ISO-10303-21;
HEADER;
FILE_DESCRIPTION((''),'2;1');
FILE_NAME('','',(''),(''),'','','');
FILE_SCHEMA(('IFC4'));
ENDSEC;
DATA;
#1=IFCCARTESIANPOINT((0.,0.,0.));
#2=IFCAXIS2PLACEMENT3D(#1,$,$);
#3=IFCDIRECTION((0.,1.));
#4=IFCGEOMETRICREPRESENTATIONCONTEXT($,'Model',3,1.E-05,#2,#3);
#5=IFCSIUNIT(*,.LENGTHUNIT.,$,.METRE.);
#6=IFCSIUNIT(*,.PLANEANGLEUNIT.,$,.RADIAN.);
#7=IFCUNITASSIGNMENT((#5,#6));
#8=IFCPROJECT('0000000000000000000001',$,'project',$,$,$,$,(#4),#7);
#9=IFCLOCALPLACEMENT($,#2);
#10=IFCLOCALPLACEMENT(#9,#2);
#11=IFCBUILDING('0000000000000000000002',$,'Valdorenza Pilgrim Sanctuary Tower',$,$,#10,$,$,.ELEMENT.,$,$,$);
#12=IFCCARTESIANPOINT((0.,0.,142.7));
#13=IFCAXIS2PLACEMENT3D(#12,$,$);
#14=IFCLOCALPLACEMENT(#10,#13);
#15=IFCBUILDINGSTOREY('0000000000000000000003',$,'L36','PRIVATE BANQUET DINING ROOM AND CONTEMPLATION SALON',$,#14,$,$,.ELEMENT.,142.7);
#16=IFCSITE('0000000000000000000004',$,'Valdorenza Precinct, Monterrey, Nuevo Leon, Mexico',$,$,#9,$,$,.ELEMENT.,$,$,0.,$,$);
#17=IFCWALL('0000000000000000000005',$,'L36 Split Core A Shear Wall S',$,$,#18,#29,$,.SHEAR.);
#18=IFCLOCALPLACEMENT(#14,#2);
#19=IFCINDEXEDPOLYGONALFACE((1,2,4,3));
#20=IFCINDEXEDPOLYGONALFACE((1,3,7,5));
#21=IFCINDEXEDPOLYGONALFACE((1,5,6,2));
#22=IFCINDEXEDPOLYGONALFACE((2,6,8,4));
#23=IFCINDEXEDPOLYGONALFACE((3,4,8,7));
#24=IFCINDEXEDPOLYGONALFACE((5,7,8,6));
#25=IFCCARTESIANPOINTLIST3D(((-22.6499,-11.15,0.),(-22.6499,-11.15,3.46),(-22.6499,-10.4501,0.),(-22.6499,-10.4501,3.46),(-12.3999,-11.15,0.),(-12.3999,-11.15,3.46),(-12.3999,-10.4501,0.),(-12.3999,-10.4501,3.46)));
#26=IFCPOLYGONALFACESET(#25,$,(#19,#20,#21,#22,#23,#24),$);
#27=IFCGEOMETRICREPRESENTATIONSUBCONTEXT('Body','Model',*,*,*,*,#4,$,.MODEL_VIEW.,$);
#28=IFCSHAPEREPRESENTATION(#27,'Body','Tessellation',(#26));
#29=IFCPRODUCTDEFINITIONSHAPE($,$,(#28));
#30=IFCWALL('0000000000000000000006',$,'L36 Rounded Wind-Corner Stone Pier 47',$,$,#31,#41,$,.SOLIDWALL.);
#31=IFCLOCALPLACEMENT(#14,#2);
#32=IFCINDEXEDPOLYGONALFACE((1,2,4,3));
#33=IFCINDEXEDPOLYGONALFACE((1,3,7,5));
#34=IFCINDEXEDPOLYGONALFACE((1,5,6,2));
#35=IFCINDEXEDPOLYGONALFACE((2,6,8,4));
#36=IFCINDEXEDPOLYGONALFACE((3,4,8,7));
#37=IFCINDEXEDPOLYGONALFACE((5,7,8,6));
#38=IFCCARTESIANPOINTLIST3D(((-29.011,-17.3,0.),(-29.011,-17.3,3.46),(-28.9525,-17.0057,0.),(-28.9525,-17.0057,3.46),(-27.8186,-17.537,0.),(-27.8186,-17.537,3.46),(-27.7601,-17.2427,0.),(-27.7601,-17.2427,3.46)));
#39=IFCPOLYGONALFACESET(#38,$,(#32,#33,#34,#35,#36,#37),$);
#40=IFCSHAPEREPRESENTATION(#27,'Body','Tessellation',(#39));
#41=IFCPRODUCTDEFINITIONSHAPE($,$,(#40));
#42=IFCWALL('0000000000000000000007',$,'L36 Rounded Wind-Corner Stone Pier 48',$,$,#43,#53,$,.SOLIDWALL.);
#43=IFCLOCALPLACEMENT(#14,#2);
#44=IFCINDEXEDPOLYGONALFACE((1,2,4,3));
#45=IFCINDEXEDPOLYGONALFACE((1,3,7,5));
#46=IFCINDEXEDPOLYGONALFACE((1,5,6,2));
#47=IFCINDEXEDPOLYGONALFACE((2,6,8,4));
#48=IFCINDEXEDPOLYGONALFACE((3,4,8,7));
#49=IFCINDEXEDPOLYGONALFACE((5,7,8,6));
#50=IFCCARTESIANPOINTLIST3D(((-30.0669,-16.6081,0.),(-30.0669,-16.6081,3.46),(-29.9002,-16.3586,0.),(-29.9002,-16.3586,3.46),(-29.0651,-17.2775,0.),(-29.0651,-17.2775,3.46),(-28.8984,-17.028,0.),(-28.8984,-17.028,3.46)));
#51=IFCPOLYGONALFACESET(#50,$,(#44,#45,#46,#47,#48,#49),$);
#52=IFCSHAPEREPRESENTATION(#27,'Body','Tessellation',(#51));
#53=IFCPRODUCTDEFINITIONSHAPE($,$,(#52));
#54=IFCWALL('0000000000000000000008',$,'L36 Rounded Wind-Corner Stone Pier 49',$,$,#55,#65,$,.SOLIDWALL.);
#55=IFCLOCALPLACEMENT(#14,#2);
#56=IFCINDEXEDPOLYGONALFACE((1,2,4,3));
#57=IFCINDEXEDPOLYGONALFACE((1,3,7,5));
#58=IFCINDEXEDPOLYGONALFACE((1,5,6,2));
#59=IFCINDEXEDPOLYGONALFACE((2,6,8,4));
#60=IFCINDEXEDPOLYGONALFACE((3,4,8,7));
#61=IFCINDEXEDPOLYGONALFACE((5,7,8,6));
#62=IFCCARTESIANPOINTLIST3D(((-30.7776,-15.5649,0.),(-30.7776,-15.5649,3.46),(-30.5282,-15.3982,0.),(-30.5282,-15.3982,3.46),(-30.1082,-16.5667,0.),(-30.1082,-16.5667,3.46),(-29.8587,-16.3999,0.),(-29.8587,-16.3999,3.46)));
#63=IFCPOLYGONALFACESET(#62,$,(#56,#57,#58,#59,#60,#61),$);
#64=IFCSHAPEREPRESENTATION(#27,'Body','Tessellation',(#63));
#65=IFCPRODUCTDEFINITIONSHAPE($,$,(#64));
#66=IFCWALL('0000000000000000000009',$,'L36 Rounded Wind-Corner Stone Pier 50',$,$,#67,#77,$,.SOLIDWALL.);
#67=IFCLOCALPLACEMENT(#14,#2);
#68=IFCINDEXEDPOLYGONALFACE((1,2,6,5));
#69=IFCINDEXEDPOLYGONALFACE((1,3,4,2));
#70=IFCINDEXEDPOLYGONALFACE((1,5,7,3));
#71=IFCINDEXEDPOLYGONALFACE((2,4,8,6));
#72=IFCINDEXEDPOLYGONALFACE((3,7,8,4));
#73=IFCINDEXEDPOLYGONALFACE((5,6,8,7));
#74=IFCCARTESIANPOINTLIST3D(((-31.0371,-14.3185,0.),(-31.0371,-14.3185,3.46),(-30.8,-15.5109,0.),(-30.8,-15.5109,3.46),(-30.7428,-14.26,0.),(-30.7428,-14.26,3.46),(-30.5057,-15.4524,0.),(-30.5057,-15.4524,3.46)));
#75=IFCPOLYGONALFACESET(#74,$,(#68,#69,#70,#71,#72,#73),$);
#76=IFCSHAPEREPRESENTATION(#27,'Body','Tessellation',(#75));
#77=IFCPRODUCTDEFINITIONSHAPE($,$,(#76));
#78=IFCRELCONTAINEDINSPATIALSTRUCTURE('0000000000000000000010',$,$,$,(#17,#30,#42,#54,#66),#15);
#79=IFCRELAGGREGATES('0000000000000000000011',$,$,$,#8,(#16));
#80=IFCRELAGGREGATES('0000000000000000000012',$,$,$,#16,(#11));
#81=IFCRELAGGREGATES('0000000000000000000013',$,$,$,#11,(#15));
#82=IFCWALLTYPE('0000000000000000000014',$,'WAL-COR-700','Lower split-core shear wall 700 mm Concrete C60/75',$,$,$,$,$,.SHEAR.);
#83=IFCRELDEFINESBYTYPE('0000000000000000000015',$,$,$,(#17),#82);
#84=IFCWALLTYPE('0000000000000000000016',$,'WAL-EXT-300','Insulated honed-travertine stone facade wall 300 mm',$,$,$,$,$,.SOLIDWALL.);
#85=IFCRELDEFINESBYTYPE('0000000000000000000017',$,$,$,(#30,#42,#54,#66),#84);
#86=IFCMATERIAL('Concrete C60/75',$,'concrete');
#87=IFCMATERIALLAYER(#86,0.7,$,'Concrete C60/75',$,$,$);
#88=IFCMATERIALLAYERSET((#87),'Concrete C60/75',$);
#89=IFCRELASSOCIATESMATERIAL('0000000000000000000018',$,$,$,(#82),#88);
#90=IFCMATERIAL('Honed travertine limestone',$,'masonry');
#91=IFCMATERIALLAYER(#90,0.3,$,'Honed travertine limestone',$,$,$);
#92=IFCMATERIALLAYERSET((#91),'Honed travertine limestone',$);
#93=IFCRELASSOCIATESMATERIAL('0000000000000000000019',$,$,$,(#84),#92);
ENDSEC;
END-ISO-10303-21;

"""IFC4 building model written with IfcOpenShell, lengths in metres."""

from ifc_helpers import new_model, si_unit, direction, frame, frame_2d, origin, place, context, subcontext, project, spatial, rectangle, extrude, material, layer, layer_set, type_object, element, save


model = new_model("IFC4")

# Units and contexts
model_context = context("Model", 3, precision=1e-05, world=origin(), true_north=direction((0.0, 1.0)))
body_context = subcontext(model_context, "Body", "Model", "MODEL_VIEW")
ifc_project = project(units=[si_unit("LENGTHUNIT", "METRE"), si_unit("PLANEANGLEUNIT", "RADIAN")], contexts=[model_context])

# Site, building, storey
site_placement = place(None, origin())
site = spatial("IfcSite", under=ifc_project, at=site_placement, Name="Valdorenza Precinct, Monterrey, Nuevo Leon, Mexico", CompositionType="ELEMENT", RefElevation=0.0)
building_placement = place(site_placement, origin())
building = spatial("IfcBuilding", under=site, at=building_placement, Name="Valdorenza Pilgrim Sanctuary Tower", CompositionType="ELEMENT")
storey_placement = place(building_placement, frame((0.0, 0.0, 142.7)))
storey = spatial("IfcBuildingStorey", under=building, at=storey_placement, Name="L36", Description="PRIVATE BANQUET DINING ROOM AND CONTEMPLATION SALON", CompositionType="ELEMENT", Elevation=142.7)

# Shared definitions
ifc_material_1 = material(Name="Concrete C60/75", Category="concrete")

# Shared definitions
ifc_material_2 = material(Name="Honed travertine limestone", Category="masonry")

# Walls
ifc_layer_1 = layer(ifc_material_1, 0.7, Name="Concrete C60/75")
ifc_layer_set_1 = layer_set([ifc_layer_1], Name="Concrete C60/75")
wall_type_1 = type_object("IfcWallType", Name="WAL-COR-700", Description="Lower split-core shear wall 700 mm Concrete C60/75", PredefinedType="SHEAR", material=ifc_layer_set_1)
wall_1_placement = place(storey_placement, frame((-22.6499, -10.8, 0.0), z_axis=(0.0, 0.0, 1.0), x_axis=(1.0, 0.0, 0.0)))
element("IfcWall", 1, at=wall_1_placement, inside=storey, type_object=wall_type_1, Name="L36 Split Core A Shear Wall S", PredefinedType="SHEAR", context=body_context, shape_type="SweptSolid", body=[
    extrude(rectangle(XDim=10.25, YDim=0.7, at=frame_2d((5.125, 0.0))), origin(), (0.0, 0.0, 1.0), 3.46),
])
ifc_layer_2 = layer(ifc_material_2, 0.3, Name="Honed travertine limestone")
ifc_layer_set_2 = layer_set([ifc_layer_2], Name="Honed travertine limestone")
wall_type_2 = type_object("IfcWallType", Name="WAL-EXT-300", Description="Insulated honed-travertine stone facade wall 300 mm", PredefinedType="SOLIDWALL", material=ifc_layer_set_2)
wall_2_placement = place(storey_placement, frame((-27.7893, -17.3899, 0.0), z_axis=(0.0, 0.0, 1.0), x_axis=(-0.980804, 0.194996, 0.0)))
element("IfcWall", 2, at=wall_2_placement, inside=storey, type_object=wall_type_2, Name="L36 Rounded Wind-Corner Stone Pier 47", PredefinedType="SOLIDWALL", context=body_context, shape_type="SweptSolid", body=[
    extrude(rectangle(XDim=1.2158, YDim=0.3, at=frame_2d((0.6079, 0.0))), origin(), (0.0, 0.0, 1.0), 3.46),
])
for number, where, z_axis, x_axis, name in (
    (3, (-28.9817, -17.1528, 0.0), (0.0, 0.0, 1.0), (-0.831426, 0.555635, 0.0), "L36 Rounded Wind-Corner Stone Pier 48"),
    (4, (-29.9834, -16.4834, 0.0), (0.0, 0.0, 1.0), (-0.555635, 0.831426, 0.0), "L36 Rounded Wind-Corner Stone Pier 49"),
):
    element("IfcWall", number, at=place(storey_placement, frame(where, z_axis=z_axis, x_axis=x_axis)), inside=storey, type_object=wall_type_2, Name=name, PredefinedType="SOLIDWALL", context=body_context, shape_type="SweptSolid", body=[
        extrude(rectangle(XDim=1.2048, YDim=0.3, at=frame_2d((0.6025, 0.0))), origin(), (0.0, 0.0, 1.0), 3.46),
    ])
wall_3_placement = place(storey_placement, frame((-30.6528, -15.4817, 0.0), z_axis=(0.0, 0.0, 1.0), x_axis=(-0.194996, 0.980804, 0.0)))
element("IfcWall", 5, at=wall_3_placement, inside=storey, type_object=wall_type_2, Name="L36 Rounded Wind-Corner Stone Pier 50", PredefinedType="SOLIDWALL", context=body_context, shape_type="SweptSolid", body=[
    extrude(rectangle(XDim=1.2158, YDim=0.3, at=frame_2d((0.6079, 0.0))), origin(), (0.0, 0.0, 1.0), 3.46),
])

save(model, "model.ifc")
